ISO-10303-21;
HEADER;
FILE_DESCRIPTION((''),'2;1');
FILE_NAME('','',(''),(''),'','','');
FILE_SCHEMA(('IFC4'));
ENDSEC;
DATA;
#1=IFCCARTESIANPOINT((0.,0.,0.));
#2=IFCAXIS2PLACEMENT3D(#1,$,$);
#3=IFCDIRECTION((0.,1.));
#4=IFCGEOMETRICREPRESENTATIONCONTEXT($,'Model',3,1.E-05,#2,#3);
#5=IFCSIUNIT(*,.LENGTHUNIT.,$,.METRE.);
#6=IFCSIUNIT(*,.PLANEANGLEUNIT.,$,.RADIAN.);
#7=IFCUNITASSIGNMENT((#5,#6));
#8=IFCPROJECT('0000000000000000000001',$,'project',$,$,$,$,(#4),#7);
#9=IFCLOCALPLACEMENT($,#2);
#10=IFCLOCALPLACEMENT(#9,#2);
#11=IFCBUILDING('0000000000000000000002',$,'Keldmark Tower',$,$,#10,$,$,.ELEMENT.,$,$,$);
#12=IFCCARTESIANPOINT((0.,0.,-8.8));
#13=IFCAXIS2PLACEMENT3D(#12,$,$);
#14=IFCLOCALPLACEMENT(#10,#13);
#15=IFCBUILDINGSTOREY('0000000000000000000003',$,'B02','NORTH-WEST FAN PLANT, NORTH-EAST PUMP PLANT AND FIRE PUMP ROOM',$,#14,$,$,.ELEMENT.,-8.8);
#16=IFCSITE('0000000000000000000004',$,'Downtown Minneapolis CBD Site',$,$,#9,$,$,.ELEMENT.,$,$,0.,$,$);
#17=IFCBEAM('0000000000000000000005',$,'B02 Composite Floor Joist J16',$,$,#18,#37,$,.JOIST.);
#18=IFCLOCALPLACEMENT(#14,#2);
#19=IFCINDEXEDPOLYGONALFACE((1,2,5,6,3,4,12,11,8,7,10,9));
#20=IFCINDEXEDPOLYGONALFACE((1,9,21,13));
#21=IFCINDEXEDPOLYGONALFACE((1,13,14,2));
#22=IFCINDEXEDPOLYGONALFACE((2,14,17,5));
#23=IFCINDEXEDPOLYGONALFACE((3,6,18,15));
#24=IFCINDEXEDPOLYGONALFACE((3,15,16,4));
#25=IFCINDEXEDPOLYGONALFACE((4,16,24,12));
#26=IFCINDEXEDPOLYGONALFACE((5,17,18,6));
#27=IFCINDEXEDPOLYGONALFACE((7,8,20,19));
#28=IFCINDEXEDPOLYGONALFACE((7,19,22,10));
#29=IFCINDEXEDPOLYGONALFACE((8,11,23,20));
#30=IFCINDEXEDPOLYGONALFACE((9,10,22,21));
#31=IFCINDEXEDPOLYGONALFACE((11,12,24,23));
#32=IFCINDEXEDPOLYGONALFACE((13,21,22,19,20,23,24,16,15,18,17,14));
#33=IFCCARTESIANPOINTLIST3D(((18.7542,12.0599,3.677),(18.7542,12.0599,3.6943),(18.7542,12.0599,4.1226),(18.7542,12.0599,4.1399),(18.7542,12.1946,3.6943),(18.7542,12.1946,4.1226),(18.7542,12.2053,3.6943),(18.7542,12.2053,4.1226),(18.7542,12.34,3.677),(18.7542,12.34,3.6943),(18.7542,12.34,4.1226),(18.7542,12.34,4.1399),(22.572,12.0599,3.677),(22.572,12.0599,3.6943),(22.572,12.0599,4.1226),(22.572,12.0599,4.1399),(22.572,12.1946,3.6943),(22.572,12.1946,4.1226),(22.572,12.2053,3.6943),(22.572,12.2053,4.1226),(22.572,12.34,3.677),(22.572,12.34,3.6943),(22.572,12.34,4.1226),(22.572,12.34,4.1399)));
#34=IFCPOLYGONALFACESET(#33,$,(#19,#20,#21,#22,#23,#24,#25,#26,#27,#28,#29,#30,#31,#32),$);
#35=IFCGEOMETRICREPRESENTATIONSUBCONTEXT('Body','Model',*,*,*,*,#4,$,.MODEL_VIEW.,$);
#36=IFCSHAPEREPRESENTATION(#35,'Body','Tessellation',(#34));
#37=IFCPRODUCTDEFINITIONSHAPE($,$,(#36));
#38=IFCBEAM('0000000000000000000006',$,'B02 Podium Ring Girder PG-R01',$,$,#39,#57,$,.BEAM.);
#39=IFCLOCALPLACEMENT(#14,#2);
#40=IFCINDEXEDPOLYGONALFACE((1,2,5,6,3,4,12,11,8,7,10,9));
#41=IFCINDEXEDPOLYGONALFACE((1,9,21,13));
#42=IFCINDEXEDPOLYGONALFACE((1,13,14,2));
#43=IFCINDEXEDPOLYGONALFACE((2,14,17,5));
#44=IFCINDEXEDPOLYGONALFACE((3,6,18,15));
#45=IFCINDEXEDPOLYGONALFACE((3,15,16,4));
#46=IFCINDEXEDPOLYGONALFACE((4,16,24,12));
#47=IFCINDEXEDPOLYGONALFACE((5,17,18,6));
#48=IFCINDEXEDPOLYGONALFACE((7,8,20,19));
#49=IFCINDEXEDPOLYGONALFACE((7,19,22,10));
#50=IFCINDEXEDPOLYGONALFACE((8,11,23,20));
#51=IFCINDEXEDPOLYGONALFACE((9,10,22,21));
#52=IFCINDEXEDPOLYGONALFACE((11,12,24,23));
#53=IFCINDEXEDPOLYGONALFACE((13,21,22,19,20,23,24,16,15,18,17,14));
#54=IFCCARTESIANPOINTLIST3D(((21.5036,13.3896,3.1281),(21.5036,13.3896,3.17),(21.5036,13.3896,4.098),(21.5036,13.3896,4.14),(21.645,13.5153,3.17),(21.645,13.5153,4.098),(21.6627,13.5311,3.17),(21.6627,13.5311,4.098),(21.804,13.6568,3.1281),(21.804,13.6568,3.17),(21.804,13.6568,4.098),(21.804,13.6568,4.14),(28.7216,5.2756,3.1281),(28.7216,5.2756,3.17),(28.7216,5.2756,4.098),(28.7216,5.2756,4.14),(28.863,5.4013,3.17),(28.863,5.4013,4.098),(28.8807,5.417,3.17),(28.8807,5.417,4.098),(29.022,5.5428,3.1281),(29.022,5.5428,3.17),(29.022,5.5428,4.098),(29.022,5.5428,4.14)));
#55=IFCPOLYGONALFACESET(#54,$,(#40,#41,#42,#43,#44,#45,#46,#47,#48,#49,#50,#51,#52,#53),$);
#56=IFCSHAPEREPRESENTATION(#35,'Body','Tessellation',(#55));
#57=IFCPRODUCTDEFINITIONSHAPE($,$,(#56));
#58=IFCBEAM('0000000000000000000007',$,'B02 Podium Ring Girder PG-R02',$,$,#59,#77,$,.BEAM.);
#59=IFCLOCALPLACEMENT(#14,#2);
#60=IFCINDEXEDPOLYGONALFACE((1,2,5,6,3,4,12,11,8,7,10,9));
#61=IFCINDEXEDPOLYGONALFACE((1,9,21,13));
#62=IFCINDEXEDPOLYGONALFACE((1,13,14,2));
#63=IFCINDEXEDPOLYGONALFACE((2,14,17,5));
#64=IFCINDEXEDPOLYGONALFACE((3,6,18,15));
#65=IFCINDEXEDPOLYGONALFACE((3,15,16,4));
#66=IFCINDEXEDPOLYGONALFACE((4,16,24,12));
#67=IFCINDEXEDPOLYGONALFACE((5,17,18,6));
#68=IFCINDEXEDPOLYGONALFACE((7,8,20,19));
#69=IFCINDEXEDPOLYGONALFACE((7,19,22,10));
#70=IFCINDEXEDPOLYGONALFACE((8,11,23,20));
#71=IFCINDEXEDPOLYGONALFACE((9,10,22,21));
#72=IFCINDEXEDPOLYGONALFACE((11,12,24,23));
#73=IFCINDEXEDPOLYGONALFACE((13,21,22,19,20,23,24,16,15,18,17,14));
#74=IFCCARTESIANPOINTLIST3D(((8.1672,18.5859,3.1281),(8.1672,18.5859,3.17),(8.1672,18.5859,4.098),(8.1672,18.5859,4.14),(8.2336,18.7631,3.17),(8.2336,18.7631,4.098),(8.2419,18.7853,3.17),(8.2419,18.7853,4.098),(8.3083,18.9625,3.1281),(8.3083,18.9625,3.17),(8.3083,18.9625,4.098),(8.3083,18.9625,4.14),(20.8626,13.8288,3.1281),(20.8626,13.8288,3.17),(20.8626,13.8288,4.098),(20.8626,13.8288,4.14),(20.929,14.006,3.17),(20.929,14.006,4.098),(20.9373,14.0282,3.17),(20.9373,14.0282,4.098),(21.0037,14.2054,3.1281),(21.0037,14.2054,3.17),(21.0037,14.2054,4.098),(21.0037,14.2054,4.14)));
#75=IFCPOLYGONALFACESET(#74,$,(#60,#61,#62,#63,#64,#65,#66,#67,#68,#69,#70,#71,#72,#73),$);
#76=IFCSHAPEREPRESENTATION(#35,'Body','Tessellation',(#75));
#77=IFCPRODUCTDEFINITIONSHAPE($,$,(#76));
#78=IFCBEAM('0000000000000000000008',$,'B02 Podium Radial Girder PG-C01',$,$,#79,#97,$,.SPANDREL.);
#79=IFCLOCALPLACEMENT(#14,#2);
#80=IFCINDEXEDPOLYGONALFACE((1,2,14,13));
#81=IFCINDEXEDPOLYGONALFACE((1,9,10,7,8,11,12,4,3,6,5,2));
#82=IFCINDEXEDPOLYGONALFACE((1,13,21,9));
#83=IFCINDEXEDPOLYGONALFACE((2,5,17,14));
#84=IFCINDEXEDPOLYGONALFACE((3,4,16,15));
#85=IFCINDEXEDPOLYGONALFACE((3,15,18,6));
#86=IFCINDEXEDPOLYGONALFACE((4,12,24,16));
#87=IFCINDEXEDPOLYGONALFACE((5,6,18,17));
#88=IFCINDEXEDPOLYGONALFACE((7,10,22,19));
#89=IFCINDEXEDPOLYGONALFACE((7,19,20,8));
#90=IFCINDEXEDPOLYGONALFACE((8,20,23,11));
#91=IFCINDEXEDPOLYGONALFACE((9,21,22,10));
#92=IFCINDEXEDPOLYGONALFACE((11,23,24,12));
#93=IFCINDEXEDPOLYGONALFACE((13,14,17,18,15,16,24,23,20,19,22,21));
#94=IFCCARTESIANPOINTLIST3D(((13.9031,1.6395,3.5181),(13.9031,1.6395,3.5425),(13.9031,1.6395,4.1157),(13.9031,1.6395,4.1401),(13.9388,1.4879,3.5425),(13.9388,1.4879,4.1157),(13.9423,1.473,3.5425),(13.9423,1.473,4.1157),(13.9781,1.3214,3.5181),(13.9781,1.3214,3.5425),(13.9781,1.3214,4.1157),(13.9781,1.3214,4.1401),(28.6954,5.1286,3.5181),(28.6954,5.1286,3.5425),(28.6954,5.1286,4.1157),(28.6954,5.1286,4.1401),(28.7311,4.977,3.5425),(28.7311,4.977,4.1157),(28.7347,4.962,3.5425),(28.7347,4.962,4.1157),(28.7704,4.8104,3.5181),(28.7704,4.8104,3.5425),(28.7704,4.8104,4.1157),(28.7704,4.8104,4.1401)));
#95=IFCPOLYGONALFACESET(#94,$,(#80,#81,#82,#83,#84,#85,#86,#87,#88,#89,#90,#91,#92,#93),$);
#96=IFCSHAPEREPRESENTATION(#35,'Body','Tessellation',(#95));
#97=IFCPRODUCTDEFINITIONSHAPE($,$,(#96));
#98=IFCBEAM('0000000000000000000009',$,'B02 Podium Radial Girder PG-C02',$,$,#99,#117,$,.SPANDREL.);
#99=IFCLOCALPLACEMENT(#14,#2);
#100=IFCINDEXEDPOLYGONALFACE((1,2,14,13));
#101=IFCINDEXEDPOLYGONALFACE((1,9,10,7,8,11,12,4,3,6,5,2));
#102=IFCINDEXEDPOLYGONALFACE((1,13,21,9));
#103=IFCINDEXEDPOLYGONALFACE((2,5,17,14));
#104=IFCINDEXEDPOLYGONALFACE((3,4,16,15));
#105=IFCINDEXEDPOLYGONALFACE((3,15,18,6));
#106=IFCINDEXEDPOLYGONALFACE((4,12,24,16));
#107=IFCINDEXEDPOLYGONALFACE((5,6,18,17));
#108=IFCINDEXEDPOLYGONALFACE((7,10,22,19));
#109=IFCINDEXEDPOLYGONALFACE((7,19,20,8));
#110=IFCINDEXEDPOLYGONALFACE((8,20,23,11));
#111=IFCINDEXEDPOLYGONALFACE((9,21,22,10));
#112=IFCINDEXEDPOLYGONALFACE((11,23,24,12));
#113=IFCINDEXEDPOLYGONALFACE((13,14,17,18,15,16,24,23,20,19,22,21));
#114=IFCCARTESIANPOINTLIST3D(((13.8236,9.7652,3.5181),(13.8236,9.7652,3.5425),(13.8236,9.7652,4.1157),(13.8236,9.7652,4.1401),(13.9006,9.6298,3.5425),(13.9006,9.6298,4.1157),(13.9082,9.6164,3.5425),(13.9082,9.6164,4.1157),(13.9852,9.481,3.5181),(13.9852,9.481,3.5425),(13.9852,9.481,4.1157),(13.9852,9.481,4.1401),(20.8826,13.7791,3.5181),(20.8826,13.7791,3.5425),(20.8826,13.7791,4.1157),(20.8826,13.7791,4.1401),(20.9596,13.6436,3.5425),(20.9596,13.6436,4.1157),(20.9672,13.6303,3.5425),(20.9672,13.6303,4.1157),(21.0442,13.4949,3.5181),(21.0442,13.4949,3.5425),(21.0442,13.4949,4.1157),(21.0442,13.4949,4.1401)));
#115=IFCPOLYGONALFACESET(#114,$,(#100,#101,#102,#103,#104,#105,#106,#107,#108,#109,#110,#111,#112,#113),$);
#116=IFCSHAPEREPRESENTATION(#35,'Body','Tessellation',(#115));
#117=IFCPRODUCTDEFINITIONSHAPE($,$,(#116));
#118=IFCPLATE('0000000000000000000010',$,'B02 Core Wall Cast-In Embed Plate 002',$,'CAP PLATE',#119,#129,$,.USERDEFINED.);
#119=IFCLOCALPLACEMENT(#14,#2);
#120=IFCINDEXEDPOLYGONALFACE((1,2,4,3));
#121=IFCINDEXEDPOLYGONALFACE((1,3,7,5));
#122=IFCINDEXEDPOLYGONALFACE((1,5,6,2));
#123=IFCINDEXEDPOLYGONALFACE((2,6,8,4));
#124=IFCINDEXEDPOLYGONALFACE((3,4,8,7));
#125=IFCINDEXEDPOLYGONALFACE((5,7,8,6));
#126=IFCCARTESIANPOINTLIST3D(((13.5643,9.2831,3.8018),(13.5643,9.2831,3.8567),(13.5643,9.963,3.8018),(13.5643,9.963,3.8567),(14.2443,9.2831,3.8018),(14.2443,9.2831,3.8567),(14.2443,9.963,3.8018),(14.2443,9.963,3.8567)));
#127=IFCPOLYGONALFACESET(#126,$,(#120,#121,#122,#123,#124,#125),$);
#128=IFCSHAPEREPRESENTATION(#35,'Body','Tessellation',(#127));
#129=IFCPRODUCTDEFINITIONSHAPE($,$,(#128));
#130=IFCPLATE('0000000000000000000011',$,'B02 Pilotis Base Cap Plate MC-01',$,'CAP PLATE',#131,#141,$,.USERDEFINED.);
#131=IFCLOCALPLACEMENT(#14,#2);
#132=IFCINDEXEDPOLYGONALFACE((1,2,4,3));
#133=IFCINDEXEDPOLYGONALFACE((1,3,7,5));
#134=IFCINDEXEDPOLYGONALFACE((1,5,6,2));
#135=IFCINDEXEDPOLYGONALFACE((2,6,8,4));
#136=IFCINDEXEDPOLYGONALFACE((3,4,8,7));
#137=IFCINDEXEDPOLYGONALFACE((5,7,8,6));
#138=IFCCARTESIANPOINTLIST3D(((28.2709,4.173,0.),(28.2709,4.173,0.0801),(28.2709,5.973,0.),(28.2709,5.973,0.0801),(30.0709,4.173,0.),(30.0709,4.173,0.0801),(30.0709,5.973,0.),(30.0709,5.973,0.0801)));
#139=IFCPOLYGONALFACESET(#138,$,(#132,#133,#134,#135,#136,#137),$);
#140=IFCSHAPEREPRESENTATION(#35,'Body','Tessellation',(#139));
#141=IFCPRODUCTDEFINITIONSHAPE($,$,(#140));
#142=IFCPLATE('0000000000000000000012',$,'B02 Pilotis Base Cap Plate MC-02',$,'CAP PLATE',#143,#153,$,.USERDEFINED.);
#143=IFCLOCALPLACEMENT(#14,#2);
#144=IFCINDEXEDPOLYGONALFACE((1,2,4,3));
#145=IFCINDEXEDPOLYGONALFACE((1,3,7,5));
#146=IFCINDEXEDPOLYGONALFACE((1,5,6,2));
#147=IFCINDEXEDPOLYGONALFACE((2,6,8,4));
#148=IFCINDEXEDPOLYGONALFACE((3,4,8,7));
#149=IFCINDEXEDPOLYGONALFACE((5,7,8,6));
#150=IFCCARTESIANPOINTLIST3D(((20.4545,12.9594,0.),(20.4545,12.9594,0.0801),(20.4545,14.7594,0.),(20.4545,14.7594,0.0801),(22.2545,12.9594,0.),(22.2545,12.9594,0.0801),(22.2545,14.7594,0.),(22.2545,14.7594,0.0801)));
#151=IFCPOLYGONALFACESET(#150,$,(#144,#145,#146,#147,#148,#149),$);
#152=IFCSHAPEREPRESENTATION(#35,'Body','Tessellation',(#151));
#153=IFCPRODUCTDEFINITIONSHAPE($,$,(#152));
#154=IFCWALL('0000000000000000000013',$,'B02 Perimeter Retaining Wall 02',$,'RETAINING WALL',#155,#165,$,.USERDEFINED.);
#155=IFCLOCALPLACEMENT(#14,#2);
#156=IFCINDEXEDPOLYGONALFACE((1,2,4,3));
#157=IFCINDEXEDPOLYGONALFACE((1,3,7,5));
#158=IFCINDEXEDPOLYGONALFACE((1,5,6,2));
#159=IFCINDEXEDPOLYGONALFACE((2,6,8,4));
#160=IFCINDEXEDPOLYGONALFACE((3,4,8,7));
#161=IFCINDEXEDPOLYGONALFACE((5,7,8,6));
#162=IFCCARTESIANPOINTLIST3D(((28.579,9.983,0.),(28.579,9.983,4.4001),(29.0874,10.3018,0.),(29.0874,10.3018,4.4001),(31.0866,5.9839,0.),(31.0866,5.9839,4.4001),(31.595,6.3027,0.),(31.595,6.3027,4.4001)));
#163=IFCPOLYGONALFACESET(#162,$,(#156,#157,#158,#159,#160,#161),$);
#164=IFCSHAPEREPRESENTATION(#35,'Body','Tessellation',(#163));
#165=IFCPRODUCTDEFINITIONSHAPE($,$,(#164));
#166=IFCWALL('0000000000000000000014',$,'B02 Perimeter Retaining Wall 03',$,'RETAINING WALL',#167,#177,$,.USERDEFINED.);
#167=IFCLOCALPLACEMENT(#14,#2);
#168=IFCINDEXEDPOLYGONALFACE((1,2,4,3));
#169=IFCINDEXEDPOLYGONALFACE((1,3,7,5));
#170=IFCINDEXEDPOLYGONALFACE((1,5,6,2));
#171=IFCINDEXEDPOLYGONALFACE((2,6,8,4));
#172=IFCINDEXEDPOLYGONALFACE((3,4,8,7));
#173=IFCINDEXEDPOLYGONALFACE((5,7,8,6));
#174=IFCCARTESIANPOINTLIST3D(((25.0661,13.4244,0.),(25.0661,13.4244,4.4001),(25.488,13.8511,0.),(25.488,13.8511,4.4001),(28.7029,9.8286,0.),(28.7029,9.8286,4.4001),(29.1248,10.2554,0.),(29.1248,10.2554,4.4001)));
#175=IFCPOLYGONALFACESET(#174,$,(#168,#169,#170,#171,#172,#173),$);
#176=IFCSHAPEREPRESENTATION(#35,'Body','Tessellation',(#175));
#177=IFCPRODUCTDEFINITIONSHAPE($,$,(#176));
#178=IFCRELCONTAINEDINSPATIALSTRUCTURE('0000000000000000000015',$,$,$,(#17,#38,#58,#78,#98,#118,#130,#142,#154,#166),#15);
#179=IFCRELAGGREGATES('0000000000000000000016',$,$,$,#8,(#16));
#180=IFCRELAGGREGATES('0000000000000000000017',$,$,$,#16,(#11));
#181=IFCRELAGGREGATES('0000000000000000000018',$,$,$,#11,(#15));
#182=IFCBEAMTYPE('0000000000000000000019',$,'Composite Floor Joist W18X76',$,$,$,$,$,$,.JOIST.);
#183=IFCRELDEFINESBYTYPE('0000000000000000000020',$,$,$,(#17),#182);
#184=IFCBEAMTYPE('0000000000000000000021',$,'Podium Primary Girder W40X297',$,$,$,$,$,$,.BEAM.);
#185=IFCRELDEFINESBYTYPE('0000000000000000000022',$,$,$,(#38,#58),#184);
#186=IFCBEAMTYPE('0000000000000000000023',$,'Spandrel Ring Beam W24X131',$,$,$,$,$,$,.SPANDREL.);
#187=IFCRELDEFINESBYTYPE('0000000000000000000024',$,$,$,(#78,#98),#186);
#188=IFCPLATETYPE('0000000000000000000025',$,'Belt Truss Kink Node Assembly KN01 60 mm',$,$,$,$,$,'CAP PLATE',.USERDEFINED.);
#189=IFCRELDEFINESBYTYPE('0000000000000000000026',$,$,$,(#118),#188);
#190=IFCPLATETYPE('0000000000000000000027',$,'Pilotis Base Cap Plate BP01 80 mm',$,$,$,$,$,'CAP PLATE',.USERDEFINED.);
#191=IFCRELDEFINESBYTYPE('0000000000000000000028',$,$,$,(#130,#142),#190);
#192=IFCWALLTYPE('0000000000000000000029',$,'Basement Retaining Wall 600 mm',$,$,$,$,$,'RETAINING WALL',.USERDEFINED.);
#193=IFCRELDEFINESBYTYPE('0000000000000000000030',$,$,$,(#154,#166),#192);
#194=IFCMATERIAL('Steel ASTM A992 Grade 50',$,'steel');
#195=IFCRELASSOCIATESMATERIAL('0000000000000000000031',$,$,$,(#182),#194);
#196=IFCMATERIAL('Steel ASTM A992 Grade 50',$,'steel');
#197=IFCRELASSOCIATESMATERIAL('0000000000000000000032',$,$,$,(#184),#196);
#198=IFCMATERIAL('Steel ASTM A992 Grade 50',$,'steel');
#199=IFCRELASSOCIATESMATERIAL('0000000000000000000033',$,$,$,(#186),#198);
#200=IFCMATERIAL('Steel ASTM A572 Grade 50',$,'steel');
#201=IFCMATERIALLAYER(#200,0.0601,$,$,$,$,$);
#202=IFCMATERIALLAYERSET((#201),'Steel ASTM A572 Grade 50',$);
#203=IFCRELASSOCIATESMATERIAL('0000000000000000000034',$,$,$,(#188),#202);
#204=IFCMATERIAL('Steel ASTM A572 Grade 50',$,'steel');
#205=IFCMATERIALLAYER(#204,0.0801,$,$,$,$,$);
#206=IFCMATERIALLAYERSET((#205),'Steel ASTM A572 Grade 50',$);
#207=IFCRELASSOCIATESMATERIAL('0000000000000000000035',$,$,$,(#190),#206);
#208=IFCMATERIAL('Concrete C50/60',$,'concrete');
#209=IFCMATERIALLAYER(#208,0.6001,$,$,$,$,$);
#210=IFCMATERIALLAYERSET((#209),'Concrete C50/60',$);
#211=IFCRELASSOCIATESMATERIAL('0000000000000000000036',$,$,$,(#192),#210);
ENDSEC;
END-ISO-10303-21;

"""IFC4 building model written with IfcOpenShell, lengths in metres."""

from ifc_helpers import new_model, si_unit, direction, frame, frame_2d, origin, origin_2d, place, context, subcontext, project, spatial, rectangle, i_section, extrude, material, layer, layer_set, material_profile, profile_set, type_object, element, save


model = new_model("IFC4")

# Units and contexts
model_context = context("Model", 3, precision=1e-05, world=origin(), true_north=direction((0.0, 1.0)))
body_context = subcontext(model_context, "Body", "Model", "MODEL_VIEW")
ifc_project = project(units=[si_unit("LENGTHUNIT", "METRE"), si_unit("PLANEANGLEUNIT", "RADIAN")], contexts=[model_context])

# Site, building, storey
site_placement = place(None, origin())
site = spatial("IfcSite", under=ifc_project, at=site_placement, Name="Downtown Minneapolis CBD Site", CompositionType="ELEMENT", RefElevation=0.0)
building_placement = place(site_placement, origin())
building = spatial("IfcBuilding", under=site, at=building_placement, Name="Keldmark Tower", CompositionType="ELEMENT")
storey_placement = place(building_placement, frame((0.0, 0.0, -8.8)))
storey = spatial("IfcBuildingStorey", under=building, at=storey_placement, Name="B02", Description="NORTH-WEST FAN PLANT, NORTH-EAST PUMP PLANT AND FIRE PUMP ROOM", CompositionType="ELEMENT", Elevation=-8.8)

# Beams
ifc_material_1 = material(Name="Steel ASTM A992 Grade 50", Category="steel")
ifc_material_profile_1 = material_profile(ifc_material_1, i_section(OverallWidth=0.28, OverallDepth=0.4629, WebThickness=0.0107, FlangeThickness=0.0173, at=origin_2d()), Name="W18X76")
ifc_profile_set_1 = profile_set([ifc_material_profile_1], Name="Steel ASTM A992 Grade 50")
beam_type_1 = type_object("IfcBeamType", Name="Composite Floor Joist W18X76", PredefinedType="JOIST", material=ifc_profile_set_1)
beam_1_placement = place(storey_placement, frame((18.7542, 12.2, 3.9084), z_axis=(1.0, 0.0, 0.0), x_axis=(0.0, 1.0, 0.0)))
element("IfcBeam", 1, at=beam_1_placement, inside=storey, type_object=beam_type_1, Name="B02 Composite Floor Joist J16", PredefinedType="JOIST", context=body_context, shape_type="SweptSolid", body=[
    extrude(i_section(OverallWidth=0.28, OverallDepth=0.4629, WebThickness=0.0107, FlangeThickness=0.0173, at=origin_2d()), origin(), (0.0, 0.0, 1.0), 3.8179),
])
ifc_material_2 = material(Name="Steel ASTM A992 Grade 50", Category="steel")
ifc_material_profile_2 = material_profile(ifc_material_2, i_section(OverallWidth=0.4021, OverallDepth=1.012, WebThickness=0.0237, FlangeThickness=0.042, at=origin_2d()), Name="W40X297")
ifc_profile_set_2 = profile_set([ifc_material_profile_2], Name="Steel ASTM A992 Grade 50")
beam_type_2 = type_object("IfcBeamType", Name="Podium Primary Girder W40X297", PredefinedType="BEAM", material=ifc_profile_set_2)
beam_2_placement = place(storey_placement, frame((28.8718, 5.4092, 3.634), z_axis=(-0.66465, 0.747155, 0.0), x_axis=(-0.747155, -0.66465, 0.0)))
element("IfcBeam", 2, at=beam_2_placement, inside=storey, type_object=beam_type_2, Name="B02 Podium Ring Girder PG-R01", PredefinedType="BEAM", context=body_context, shape_type="SweptSolid", body=[
    extrude(i_section(OverallWidth=0.4021, OverallDepth=1.012, WebThickness=0.0237, FlangeThickness=0.042, at=origin_2d()), origin(), (0.0, 0.0, 1.0), 10.8599),
])
beam_3_placement = place(storey_placement, frame((20.9331, 14.0171, 3.634), z_axis=(-0.936418, 0.350887, 0.0), x_axis=(-0.350887, -0.936418, 0.0)))
element("IfcBeam", 3, at=beam_3_placement, inside=storey, type_object=beam_type_2, Name="B02 Podium Ring Girder PG-R02", PredefinedType="BEAM", context=body_context, shape_type="SweptSolid", body=[
    extrude(i_section(OverallWidth=0.4021, OverallDepth=1.012, WebThickness=0.0237, FlangeThickness=0.042, at=origin_2d()), origin(), (0.0, 0.0, 1.0), 13.5574),
])
ifc_material_3 = material(Name="Steel ASTM A992 Grade 50", Category="steel")
ifc_material_profile_3 = material_profile(ifc_material_3, i_section(OverallWidth=0.3269, OverallDepth=0.6221, WebThickness=0.0154, FlangeThickness=0.0244, at=origin_2d()), Name="W24X131")
ifc_profile_set_3 = profile_set([ifc_material_profile_3], Name="Steel ASTM A992 Grade 50")
beam_type_3 = type_object("IfcBeamType", Name="Spandrel Ring Beam W24X131", PredefinedType="SPANDREL", material=ifc_profile_set_3)
beam_4_placement = place(storey_placement, frame((28.7329, 4.9695, 3.8291), z_axis=(-0.973293, -0.229568, 0.0), x_axis=(0.229568, -0.973293, 0.0)))
element("IfcBeam", 4, at=beam_4_placement, inside=storey, type_object=beam_type_3, Name="B02 Podium Radial Girder PG-C01", PredefinedType="SPANDREL", context=body_context, shape_type="SweptSolid", body=[
    extrude(i_section(OverallWidth=0.3269, OverallDepth=0.6221, WebThickness=0.0154, FlangeThickness=0.0244, at=origin_2d()), origin(), (0.0, 0.0, 1.0), 15.1982),
])
beam_5_placement = place(storey_placement, frame((20.9634, 13.637, 3.8291), z_axis=(-0.869294, -0.494296, 0.0), x_axis=(0.494296, -0.869294, 0.0)))
element("IfcBeam", 5, at=beam_5_placement, inside=storey, type_object=beam_type_3, Name="B02 Podium Radial Girder PG-C02", PredefinedType="SPANDREL", context=body_context, shape_type="SweptSolid", body=[
    extrude(i_section(OverallWidth=0.3269, OverallDepth=0.6221, WebThickness=0.0154, FlangeThickness=0.0244, at=origin_2d()), origin(), (0.0, 0.0, 1.0), 8.1204),
])

# Plates
ifc_material_4 = material(Name="Steel ASTM A572 Grade 50", Category="steel")
ifc_layer_1 = layer(ifc_material_4, 0.0601)
ifc_layer_set_1 = layer_set([ifc_layer_1], Name="Steel ASTM A572 Grade 50")
plate_type_1 = type_object("IfcPlateType", Name="Belt Truss Kink Node Assembly KN01 60 mm", ElementType="CAP PLATE", PredefinedType="USERDEFINED", material=ifc_layer_set_1)
plate_placement = place(storey_placement, frame((13.9043, 9.623, 3.8018), z_axis=(0.0, 0.0, 1.0), x_axis=(1.0, 0.0, 0.0)))
element("IfcPlate", 6, at=plate_placement, inside=storey, type_object=plate_type_1, Name="B02 Core Wall Cast-In Embed Plate 002", ObjectType="CAP PLATE", PredefinedType="USERDEFINED", context=body_context, shape_type="SweptSolid", body=[
    extrude(rectangle(XDim=0.6799, YDim=0.6799, at=origin_2d()), origin(), (0.0, 0.0, 1.0), 0.0549),
])
ifc_material_5 = material(Name="Steel ASTM A572 Grade 50", Category="steel")
ifc_layer_2 = layer(ifc_material_5, 0.0801)
ifc_layer_set_2 = layer_set([ifc_layer_2], Name="Steel ASTM A572 Grade 50")
plate_type_2 = type_object("IfcPlateType", Name="Pilotis Base Cap Plate BP01 80 mm", ElementType="CAP PLATE", PredefinedType="USERDEFINED", material=ifc_layer_set_2)
for number, where, z_axis, x_axis, name in (
    (7, (29.1709, 5.073, 0.0), (0.0, 0.0, 1.0), (1.0, 0.0, 0.0), "B02 Pilotis Base Cap Plate MC-01"),
    (8, (21.3545, 13.8594, 0.0), (0.0, 0.0, 1.0), (1.0, 0.0, 0.0), "B02 Pilotis Base Cap Plate MC-02"),
):
    element("IfcPlate", number, at=place(storey_placement, frame(where, z_axis=z_axis, x_axis=x_axis)), inside=storey, type_object=plate_type_2, Name=name, ObjectType="CAP PLATE", PredefinedType="USERDEFINED", context=body_context, shape_type="SweptSolid", body=[
        extrude(rectangle(XDim=1.8, YDim=1.8, at=origin_2d()), origin(), (0.0, 0.0, 1.0), 0.0801),
    ])

# Walls
ifc_material_6 = material(Name="Concrete C50/60", Category="concrete")
ifc_layer_3 = layer(ifc_material_6, 0.6001)
ifc_layer_set_3 = layer_set([ifc_layer_3], Name="Concrete C50/60")
wall_type_1 = type_object("IfcWallType", Name="Basement Retaining Wall 600 mm", ElementType="RETAINING WALL", PredefinedType="USERDEFINED", material=ifc_layer_set_3)
wall_1_placement = place(storey_placement, frame((31.3408, 6.1433, 0.0), z_axis=(0.0, 0.0, 1.0), x_axis=(-0.531244, 0.847219, 0.0)))
element("IfcWall", 9, at=wall_1_placement, inside=storey, type_object=wall_type_1, Name="B02 Perimeter Retaining Wall 02", ObjectType="RETAINING WALL", PredefinedType="USERDEFINED", context=body_context, shape_type="SweptSolid", body=[
    extrude(rectangle(XDim=4.7202, YDim=0.6001, at=frame_2d((2.3601, 0.0))), origin(), (0.0, 0.0, 1.0), 4.4001),
])
wall_2_placement = place(storey_placement, frame((28.9138, 10.042, 0.0), z_axis=(0.0, 0.0, 1.0), x_axis=(-0.711105, 0.703085, 0.0)))
element("IfcWall", 10, at=wall_2_placement, inside=storey, type_object=wall_type_1, Name="B02 Perimeter Retaining Wall 03", ObjectType="RETAINING WALL", PredefinedType="USERDEFINED", context=body_context, shape_type="SweptSolid", body=[
    extrude(rectangle(XDim=5.1143, YDim=0.6001, at=frame_2d((2.5571, 0.0))), origin(), (0.0, 0.0, 1.0), 4.4001),
])

save(model, "model.ifc")
